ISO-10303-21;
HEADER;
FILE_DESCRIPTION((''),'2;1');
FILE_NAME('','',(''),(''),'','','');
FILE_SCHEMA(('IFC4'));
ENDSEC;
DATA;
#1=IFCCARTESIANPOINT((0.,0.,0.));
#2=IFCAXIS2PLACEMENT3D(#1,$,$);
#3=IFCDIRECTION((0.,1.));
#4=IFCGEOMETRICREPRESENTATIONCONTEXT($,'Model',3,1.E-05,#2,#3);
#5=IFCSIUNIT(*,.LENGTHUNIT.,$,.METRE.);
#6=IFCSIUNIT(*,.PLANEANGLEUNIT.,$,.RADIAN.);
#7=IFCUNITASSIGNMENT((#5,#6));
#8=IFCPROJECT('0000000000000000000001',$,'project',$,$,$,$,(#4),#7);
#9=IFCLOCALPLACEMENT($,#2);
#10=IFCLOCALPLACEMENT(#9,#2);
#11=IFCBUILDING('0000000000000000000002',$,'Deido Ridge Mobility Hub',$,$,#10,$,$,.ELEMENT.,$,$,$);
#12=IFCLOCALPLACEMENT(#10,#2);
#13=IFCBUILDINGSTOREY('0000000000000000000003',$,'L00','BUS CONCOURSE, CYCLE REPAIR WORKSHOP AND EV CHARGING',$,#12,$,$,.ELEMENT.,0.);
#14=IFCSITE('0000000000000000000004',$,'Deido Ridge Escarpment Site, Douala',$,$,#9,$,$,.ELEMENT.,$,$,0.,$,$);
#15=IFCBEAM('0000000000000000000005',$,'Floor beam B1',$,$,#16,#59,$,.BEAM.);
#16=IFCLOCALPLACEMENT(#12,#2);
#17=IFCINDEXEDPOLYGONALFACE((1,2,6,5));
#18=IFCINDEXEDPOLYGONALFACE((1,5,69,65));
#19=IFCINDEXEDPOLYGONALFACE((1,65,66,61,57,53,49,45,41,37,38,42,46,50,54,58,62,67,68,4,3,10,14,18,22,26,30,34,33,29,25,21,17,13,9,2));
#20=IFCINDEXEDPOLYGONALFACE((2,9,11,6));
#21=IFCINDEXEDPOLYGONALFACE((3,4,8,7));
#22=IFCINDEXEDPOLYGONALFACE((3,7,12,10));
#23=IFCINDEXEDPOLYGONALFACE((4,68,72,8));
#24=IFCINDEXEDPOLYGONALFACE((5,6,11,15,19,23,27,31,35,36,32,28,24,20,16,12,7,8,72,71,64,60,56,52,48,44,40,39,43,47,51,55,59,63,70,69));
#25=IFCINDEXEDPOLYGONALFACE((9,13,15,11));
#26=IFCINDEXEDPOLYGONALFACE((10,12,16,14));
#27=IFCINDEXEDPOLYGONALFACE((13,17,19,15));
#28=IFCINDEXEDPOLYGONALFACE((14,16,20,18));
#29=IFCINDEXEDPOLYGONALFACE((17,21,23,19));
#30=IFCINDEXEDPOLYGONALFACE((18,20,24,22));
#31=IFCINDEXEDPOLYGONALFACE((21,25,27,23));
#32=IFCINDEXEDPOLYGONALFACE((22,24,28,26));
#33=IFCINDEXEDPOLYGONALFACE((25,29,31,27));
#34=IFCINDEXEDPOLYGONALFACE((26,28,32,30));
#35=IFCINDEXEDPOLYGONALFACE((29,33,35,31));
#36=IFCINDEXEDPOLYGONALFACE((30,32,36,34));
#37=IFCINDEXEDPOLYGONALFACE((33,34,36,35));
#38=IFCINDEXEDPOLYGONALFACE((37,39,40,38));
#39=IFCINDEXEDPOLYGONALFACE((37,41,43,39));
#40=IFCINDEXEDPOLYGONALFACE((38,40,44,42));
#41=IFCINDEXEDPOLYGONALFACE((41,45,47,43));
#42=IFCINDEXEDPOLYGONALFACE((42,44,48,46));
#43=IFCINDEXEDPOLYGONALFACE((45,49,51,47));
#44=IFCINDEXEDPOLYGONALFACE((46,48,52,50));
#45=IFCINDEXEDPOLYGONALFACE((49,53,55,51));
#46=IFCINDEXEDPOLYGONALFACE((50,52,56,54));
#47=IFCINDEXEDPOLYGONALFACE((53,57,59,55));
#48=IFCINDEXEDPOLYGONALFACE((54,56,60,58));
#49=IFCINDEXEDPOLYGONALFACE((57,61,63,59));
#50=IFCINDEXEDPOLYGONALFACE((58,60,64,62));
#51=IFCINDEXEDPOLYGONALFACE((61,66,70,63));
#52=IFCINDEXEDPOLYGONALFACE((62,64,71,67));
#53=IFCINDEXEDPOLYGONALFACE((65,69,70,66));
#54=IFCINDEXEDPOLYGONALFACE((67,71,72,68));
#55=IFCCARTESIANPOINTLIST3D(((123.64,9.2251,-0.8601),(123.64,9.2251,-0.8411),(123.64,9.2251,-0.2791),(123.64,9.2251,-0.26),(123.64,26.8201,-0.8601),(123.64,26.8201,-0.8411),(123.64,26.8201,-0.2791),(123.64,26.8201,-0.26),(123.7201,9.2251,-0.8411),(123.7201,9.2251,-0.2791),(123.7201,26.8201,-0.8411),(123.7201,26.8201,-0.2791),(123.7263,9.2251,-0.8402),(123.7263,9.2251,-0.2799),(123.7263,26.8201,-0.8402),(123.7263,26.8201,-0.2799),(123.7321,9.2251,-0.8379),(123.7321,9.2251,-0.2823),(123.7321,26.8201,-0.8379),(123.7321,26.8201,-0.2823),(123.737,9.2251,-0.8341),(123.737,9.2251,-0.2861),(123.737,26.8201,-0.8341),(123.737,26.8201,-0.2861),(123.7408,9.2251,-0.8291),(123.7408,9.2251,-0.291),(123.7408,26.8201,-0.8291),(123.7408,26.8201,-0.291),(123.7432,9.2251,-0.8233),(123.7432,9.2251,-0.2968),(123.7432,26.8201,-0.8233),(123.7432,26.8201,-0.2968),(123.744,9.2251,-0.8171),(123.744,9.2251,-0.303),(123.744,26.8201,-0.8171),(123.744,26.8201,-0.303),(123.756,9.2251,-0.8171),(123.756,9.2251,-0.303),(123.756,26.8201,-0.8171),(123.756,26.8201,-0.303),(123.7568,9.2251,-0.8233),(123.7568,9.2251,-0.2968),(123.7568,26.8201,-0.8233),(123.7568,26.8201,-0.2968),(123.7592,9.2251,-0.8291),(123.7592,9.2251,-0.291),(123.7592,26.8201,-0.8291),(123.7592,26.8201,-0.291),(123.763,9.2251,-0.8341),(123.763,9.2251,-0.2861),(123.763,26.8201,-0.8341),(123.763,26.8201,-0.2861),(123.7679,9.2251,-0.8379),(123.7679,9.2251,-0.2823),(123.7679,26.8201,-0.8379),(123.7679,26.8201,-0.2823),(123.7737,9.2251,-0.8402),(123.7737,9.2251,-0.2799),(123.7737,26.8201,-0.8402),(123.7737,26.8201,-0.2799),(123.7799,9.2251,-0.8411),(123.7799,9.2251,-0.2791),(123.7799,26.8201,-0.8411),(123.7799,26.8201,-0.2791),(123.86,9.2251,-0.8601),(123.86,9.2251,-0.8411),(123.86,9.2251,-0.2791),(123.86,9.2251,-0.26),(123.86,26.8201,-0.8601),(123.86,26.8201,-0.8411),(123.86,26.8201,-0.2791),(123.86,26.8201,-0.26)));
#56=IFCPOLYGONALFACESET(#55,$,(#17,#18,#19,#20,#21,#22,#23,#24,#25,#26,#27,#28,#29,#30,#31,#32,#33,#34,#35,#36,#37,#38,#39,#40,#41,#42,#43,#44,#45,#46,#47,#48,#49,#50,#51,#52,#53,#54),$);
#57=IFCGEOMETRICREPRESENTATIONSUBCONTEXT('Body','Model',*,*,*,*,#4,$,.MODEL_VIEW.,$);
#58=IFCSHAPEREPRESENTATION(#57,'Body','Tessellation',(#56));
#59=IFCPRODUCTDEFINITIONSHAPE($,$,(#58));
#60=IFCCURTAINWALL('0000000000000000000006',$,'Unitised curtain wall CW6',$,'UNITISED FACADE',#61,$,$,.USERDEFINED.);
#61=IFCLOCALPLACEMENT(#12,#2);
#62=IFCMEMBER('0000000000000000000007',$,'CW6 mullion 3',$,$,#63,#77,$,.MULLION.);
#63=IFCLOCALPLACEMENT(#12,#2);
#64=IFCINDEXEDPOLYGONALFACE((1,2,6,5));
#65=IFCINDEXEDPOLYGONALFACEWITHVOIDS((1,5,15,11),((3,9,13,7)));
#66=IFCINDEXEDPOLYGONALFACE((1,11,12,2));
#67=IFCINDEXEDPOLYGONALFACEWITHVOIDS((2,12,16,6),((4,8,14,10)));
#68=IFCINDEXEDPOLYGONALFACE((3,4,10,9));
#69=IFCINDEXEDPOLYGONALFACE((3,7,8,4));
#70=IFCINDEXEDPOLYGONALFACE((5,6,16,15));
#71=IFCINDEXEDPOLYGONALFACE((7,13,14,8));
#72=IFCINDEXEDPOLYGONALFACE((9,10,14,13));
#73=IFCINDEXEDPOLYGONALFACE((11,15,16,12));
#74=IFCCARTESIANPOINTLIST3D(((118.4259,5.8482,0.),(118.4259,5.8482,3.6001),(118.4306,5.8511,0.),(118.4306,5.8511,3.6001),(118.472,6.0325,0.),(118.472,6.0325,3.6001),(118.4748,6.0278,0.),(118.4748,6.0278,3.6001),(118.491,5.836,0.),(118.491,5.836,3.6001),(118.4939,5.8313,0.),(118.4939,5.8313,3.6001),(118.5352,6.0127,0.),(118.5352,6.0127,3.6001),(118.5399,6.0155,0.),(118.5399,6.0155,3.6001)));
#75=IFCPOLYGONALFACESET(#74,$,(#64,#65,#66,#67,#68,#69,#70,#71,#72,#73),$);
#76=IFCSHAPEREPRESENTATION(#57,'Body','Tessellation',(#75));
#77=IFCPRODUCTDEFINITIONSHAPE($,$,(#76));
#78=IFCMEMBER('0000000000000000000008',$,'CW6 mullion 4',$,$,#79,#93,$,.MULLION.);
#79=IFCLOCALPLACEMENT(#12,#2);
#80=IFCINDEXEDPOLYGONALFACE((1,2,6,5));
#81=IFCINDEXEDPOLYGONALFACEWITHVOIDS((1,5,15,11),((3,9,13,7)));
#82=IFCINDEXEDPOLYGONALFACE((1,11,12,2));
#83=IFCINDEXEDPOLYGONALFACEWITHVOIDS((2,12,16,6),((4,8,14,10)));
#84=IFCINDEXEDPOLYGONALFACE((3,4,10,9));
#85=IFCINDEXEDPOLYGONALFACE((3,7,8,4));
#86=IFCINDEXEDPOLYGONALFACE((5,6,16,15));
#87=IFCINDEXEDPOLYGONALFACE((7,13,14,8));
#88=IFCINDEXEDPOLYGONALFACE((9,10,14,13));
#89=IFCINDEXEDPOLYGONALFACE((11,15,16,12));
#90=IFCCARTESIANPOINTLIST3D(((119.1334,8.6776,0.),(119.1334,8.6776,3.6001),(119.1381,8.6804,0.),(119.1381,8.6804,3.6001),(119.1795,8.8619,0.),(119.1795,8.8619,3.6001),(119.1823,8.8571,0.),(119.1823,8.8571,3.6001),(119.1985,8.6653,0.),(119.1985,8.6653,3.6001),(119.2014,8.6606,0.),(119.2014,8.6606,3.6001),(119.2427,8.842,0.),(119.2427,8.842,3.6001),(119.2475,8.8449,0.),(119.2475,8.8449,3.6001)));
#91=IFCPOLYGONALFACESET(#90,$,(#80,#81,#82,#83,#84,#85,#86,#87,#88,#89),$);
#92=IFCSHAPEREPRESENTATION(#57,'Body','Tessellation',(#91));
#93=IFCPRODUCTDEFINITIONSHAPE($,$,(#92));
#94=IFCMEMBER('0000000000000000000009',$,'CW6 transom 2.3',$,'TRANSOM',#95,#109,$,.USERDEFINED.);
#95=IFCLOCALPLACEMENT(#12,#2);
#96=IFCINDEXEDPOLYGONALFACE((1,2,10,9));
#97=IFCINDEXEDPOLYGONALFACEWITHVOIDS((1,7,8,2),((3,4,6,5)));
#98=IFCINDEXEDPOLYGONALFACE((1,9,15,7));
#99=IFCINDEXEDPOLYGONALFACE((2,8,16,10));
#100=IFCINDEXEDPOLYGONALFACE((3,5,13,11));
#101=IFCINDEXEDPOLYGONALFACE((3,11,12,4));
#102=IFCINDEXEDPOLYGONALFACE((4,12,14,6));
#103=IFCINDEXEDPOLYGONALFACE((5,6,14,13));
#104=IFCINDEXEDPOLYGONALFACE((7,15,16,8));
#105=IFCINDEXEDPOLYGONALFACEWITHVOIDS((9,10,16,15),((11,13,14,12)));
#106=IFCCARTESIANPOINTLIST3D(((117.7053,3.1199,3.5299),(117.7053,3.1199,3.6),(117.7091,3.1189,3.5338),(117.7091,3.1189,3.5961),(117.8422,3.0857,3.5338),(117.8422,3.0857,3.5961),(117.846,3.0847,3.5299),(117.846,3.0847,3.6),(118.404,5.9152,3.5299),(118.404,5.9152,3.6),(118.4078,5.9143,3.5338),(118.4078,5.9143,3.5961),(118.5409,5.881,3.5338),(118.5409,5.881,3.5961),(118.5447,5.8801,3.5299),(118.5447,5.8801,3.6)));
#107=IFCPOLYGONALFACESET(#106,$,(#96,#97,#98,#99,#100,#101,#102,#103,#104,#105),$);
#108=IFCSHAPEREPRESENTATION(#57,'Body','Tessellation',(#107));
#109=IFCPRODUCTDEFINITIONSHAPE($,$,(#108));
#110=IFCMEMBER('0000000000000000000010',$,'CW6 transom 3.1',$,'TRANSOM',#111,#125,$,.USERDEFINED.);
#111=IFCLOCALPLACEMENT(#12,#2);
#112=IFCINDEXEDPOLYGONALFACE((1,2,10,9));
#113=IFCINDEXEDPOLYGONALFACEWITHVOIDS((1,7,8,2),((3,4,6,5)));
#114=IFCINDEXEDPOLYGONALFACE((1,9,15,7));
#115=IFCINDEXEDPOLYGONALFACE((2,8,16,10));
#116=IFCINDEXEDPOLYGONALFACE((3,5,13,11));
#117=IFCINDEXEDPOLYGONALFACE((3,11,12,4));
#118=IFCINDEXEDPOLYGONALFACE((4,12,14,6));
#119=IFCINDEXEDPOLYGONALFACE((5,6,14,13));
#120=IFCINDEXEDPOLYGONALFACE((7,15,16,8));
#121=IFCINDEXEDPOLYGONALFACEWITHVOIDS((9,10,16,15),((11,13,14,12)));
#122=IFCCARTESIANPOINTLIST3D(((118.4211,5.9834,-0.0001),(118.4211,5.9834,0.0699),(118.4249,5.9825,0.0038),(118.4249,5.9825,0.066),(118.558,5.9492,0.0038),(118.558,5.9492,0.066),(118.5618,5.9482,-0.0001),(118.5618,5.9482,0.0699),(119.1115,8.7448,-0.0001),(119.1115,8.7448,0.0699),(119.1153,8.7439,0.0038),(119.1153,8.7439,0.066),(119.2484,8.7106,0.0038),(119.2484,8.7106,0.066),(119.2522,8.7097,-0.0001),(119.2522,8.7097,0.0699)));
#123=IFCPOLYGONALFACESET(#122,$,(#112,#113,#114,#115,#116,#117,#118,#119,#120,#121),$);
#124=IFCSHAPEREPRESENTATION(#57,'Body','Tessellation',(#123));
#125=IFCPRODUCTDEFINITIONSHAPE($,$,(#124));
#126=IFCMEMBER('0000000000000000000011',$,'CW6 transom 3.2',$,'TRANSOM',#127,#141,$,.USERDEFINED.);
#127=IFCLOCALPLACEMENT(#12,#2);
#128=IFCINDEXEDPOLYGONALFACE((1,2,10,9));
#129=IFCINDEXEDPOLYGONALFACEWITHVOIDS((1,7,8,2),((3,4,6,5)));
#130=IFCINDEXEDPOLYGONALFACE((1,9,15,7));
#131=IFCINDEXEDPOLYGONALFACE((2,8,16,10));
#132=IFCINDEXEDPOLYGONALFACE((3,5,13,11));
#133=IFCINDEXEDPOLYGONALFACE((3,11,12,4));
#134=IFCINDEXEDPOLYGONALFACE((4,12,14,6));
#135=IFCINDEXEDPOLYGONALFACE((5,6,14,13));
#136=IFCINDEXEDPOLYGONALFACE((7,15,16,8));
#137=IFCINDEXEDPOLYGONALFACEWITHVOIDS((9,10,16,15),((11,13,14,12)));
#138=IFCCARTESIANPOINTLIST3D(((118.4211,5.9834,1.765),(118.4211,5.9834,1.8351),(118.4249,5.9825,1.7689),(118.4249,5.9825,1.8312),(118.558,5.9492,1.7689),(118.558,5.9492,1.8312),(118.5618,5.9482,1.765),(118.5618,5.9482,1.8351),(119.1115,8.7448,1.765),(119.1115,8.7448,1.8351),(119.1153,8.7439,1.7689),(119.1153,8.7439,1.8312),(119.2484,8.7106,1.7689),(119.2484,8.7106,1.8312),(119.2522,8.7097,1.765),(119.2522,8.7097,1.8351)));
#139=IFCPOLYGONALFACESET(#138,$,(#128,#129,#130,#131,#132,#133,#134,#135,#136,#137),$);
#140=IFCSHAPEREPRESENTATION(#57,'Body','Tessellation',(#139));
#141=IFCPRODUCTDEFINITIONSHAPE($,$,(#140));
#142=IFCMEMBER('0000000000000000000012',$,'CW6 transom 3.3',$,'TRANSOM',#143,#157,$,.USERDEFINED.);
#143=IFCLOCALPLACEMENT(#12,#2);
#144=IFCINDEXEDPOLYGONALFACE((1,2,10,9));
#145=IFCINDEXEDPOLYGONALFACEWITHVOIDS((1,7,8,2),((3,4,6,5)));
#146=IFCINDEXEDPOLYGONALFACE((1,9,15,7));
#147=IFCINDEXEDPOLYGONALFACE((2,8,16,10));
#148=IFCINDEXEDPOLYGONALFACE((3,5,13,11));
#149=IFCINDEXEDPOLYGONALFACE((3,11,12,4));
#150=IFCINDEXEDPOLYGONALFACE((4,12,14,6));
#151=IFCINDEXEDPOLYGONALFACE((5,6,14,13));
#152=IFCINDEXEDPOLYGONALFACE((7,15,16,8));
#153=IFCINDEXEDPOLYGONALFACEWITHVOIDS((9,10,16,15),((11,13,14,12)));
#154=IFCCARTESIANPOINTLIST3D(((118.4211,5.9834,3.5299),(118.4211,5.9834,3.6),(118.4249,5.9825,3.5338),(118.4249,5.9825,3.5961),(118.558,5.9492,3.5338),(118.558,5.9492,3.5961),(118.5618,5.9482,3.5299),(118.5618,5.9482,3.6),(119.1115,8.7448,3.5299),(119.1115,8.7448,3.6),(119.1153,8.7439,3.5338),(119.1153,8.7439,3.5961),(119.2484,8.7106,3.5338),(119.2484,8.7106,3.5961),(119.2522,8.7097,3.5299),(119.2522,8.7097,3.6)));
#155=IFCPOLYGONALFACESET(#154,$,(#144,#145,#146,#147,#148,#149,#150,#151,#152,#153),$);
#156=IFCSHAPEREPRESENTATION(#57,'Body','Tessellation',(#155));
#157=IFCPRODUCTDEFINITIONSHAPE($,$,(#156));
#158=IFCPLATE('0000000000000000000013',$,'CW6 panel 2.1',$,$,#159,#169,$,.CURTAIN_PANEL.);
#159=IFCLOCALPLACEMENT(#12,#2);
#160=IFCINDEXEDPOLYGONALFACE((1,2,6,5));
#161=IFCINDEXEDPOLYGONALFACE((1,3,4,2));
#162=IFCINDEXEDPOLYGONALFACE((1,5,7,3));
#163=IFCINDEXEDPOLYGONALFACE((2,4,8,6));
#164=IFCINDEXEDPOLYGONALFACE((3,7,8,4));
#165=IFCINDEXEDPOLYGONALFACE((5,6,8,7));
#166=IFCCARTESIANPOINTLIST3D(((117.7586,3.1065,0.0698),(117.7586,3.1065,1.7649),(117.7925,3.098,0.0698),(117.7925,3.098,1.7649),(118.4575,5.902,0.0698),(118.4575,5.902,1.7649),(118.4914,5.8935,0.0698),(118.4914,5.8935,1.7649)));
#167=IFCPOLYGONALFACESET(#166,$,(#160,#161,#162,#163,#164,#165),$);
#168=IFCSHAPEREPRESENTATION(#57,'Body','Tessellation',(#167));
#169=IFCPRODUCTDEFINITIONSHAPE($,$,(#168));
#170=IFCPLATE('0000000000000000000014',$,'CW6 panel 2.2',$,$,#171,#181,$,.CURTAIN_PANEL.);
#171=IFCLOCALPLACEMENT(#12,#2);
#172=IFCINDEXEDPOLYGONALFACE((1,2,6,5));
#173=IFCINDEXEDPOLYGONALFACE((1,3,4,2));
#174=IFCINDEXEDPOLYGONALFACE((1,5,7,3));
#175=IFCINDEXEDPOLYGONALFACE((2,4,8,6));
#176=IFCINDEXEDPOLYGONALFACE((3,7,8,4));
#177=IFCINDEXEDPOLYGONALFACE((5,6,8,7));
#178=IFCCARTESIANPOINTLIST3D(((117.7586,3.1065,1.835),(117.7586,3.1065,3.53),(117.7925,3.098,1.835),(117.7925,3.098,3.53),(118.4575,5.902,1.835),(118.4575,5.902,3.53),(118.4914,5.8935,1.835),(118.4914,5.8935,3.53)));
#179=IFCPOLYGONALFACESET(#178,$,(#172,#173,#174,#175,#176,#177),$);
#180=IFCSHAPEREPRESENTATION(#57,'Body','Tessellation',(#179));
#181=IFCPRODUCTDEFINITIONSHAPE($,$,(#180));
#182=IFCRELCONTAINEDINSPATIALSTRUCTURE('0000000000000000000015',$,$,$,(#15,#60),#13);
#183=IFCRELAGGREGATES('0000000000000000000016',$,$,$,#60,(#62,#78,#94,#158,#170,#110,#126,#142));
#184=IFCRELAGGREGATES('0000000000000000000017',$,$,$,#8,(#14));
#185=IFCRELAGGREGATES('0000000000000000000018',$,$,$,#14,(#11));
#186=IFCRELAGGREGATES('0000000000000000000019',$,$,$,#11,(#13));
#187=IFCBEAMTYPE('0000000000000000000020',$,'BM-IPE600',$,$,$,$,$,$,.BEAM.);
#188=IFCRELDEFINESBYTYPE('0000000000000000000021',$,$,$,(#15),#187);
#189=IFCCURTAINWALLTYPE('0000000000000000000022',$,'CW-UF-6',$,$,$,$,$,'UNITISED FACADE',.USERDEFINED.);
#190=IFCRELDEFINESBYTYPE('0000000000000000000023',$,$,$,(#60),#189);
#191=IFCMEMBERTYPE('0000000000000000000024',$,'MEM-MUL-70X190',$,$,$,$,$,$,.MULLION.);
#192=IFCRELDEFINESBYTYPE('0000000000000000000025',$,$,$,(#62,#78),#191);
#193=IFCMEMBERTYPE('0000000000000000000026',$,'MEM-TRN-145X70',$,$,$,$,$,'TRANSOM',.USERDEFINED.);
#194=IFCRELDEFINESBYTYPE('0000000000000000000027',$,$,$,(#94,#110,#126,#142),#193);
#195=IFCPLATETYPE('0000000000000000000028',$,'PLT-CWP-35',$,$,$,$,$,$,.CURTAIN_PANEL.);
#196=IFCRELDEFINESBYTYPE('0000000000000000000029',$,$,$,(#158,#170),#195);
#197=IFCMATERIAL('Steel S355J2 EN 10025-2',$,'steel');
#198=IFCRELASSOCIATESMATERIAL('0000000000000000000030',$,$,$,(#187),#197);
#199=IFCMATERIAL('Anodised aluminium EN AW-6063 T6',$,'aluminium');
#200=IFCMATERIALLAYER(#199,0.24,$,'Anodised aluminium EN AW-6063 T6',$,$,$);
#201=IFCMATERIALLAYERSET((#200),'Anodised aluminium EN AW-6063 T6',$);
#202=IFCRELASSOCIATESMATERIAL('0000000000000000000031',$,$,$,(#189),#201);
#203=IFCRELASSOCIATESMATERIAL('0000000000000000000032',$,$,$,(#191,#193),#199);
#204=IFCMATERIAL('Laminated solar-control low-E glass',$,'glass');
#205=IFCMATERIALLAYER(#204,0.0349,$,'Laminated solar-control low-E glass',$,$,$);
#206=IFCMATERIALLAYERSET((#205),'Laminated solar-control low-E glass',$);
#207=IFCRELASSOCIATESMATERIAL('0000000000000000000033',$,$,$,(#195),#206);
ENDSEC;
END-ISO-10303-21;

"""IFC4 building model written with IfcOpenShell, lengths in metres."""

from ifc_helpers import new_model, si_unit, direction, frame, origin, origin_2d, place, context, subcontext, project, spatial, rectangle, hollow_rectangle, i_section, extrude, material, layer, layer_set, material_profile, profile_set, type_object, element, aggregate, save


model = new_model("IFC4")

# Units and contexts
model_context = context("Model", 3, precision=1e-05, world=origin(), true_north=direction((0.0, 1.0)))
body_context = subcontext(model_context, "Body", "Model", "MODEL_VIEW")
ifc_project = project(units=[si_unit("LENGTHUNIT", "METRE"), si_unit("PLANEANGLEUNIT", "RADIAN")], contexts=[model_context])

# Site, building, storey
site_placement = place(None, origin())
site = spatial("IfcSite", under=ifc_project, at=site_placement, Name="Deido Ridge Escarpment Site, Douala", CompositionType="ELEMENT", RefElevation=0.0)
building_placement = place(site_placement, origin())
building = spatial("IfcBuilding", under=site, at=building_placement, Name="Deido Ridge Mobility Hub", CompositionType="ELEMENT")
storey_placement = place(building_placement, origin())
storey = spatial("IfcBuildingStorey", under=building, at=storey_placement, Name="L00", Description="BUS CONCOURSE, CYCLE REPAIR WORKSHOP AND EV CHARGING", CompositionType="ELEMENT", Elevation=0.0)

# Shared definitions
ifc_material_1 = material(Name="Steel S355J2 EN 10025-2", Category="steel")

# Beam
ifc_material_profile_1 = material_profile(ifc_material_1, i_section(OverallWidth=0.22, OverallDepth=0.6001, WebThickness=0.012, FlangeThickness=0.019, FilletRadius=0.0239, at=origin_2d()), Name="IPE 600")
ifc_profile_set_1 = profile_set([ifc_material_profile_1], Name="Steel S355J2 EN 10025-2")
beam_type_1 = type_object("IfcBeamType", Name="BM-IPE600", PredefinedType="BEAM", material=ifc_profile_set_1)
beam_1_placement = place(storey_placement, frame((123.75, 9.2251, -0.5601), z_axis=(0.0, 1.0, 0.0), x_axis=(-1.0, 0.0, 0.0)))
element("IfcBeam", 1, at=beam_1_placement, inside=storey, type_object=beam_type_1, Name="Floor beam B1", PredefinedType="BEAM", context=body_context, shape_type="SweptSolid", body=[
    extrude(i_section(OverallWidth=0.22, OverallDepth=0.6001, WebThickness=0.012, FlangeThickness=0.019, FilletRadius=0.0239, at=origin_2d()), origin(), (0.0, 0.0, 1.0), 17.595),
])

# Curtain wall, members, plates
ifc_material_2 = material(Name="Anodised aluminium EN AW-6063 T6", Category="aluminium")
ifc_layer_1 = layer(ifc_material_2, 0.24, Name="Anodised aluminium EN AW-6063 T6")
ifc_layer_set_1 = layer_set([ifc_layer_1], Name="Anodised aluminium EN AW-6063 T6")
curtain_wall_type = type_object("IfcCurtainWallType", Name="CW-UF-6", ElementType="UNITISED FACADE", PredefinedType="USERDEFINED", material=ifc_layer_set_1)
curtain_wall_placement = place(storey_placement, origin())
curtain_wall = element("IfcCurtainWall", 2, at=curtain_wall_placement, inside=storey, type_object=curtain_wall_type, Name="Unitised curtain wall CW6", ObjectType="UNITISED FACADE", PredefinedType="USERDEFINED")
ifc_material_profile_2 = material_profile(ifc_material_2, hollow_rectangle(XDim=0.0701, YDim=0.1899, WallThickness=0.0039, at=origin_2d()), Name="RHS 70x190x4")
ifc_profile_set_2 = profile_set([ifc_material_profile_2], Name="Anodised aluminium EN AW-6063 T6")
member_type_1 = type_object("IfcMemberType", Name="MEM-MUL-70X190", PredefinedType="MULLION", material=ifc_profile_set_2)
member_1_placement = place(storey_placement, frame((118.4829, 5.9319, 0.0), z_axis=(0.0, 0.0, 1.0), x_axis=(-0.970144, 0.24253, 0.0)))
member_1 = element("IfcMember", 3, at=member_1_placement, type_object=member_type_1, Name="CW6 mullion 3", PredefinedType="MULLION", context=body_context, shape_type="SweptSolid", body=[
    extrude(hollow_rectangle(XDim=0.0701, YDim=0.1899, WallThickness=0.0039, at=origin_2d()), origin(), (0.0, 0.0, 1.0), 3.6001),
])
member_2_placement = place(storey_placement, frame((119.1904, 8.7612, 0.0), z_axis=(0.0, 0.0, 1.0), x_axis=(-0.970144, 0.24253, 0.0)))
member_2 = element("IfcMember", 4, at=member_2_placement, type_object=member_type_1, Name="CW6 mullion 4", PredefinedType="MULLION", context=body_context, shape_type="SweptSolid", body=[
    extrude(hollow_rectangle(XDim=0.0701, YDim=0.1899, WallThickness=0.0039, at=origin_2d()), origin(), (0.0, 0.0, 1.0), 3.6001),
])
ifc_material_profile_3 = material_profile(ifc_material_2, hollow_rectangle(XDim=0.145, YDim=0.0701, WallThickness=0.0039, at=origin_2d()), Name="RHS 145x70x4")
ifc_profile_set_3 = profile_set([ifc_material_profile_3], Name="Anodised aluminium EN AW-6063 T6")
member_type_2 = type_object("IfcMemberType", Name="MEM-TRN-145X70", ElementType="TRANSOM", PredefinedType="USERDEFINED", material=ifc_profile_set_3)
member_3_placement = place(storey_placement, frame((117.7756, 3.1023, 3.5649), z_axis=(0.242496, 0.970152, 0.0), x_axis=(-0.970152, 0.242496, 0.0)))
member_3 = element("IfcMember", 5, at=member_3_placement, type_object=member_type_2, Name="CW6 transom 2.3", ObjectType="TRANSOM", PredefinedType="USERDEFINED", context=body_context, shape_type="SweptSolid", body=[
    extrude(hollow_rectangle(XDim=0.145, YDim=0.0701, WallThickness=0.0039, at=origin_2d()), origin(), (0.0, 0.0, 1.0), 2.8813),
])
member_4_placement = place(storey_placement, frame((118.4915, 5.9658, 0.0349), z_axis=(0.242556, 0.970137, 0.0), x_axis=(-0.970137, 0.242556, 0.0)))
member_4 = element("IfcMember", 6, at=member_4_placement, type_object=member_type_2, Name="CW6 transom 3.1", ObjectType="TRANSOM", PredefinedType="USERDEFINED", context=body_context, shape_type="SweptSolid", body=[
    extrude(hollow_rectangle(XDim=0.145, YDim=0.0701, WallThickness=0.0039, at=origin_2d()), origin(), (0.0, 0.0, 1.0), 2.8464),
])
member_5_placement = place(storey_placement, frame((118.4915, 5.9658, 1.8), z_axis=(0.242556, 0.970137, 0.0), x_axis=(-0.970137, 0.242556, 0.0)))
member_5 = element("IfcMember", 7, at=member_5_placement, type_object=member_type_2, Name="CW6 transom 3.2", ObjectType="TRANSOM", PredefinedType="USERDEFINED", context=body_context, shape_type="SweptSolid", body=[
    extrude(hollow_rectangle(XDim=0.145, YDim=0.0701, WallThickness=0.0039, at=origin_2d()), origin(), (0.0, 0.0, 1.0), 2.8464),
])
member_6_placement = place(storey_placement, frame((118.4915, 5.9658, 3.5649), z_axis=(0.242556, 0.970137, 0.0), x_axis=(-0.970137, 0.242556, 0.0)))
member_6 = element("IfcMember", 8, at=member_6_placement, type_object=member_type_2, Name="CW6 transom 3.3", ObjectType="TRANSOM", PredefinedType="USERDEFINED", context=body_context, shape_type="SweptSolid", body=[
    extrude(hollow_rectangle(XDim=0.145, YDim=0.0701, WallThickness=0.0039, at=origin_2d()), origin(), (0.0, 0.0, 1.0), 2.8464),
])
ifc_material_3 = material(Name="Laminated solar-control low-E glass", Category="glass")
ifc_layer_2 = layer(ifc_material_3, 0.0349, Name="Laminated solar-control low-E glass")
ifc_layer_set_2 = layer_set([ifc_layer_2], Name="Laminated solar-control low-E glass")
plate_type = type_object("IfcPlateType", Name="PLT-CWP-35", PredefinedType="CURTAIN_PANEL", material=ifc_layer_set_2)
plate_1_placement = place(storey_placement, frame((118.125, 4.5, 0.0698), z_axis=(0.0, 0.0, 1.0), x_axis=(0.24253, 0.970144, 0.0)))
plate_1 = element("IfcPlate", 9, at=plate_1_placement, type_object=plate_type, Name="CW6 panel 2.1", PredefinedType="CURTAIN_PANEL", context=body_context, shape_type="SweptSolid", body=[
    extrude(rectangle(XDim=2.8816, YDim=0.0349, at=origin_2d()), origin(), (0.0, 0.0, 1.0), 1.6951),
])
plate_2_placement = place(storey_placement, frame((118.125, 4.5, 1.835), z_axis=(0.0, 0.0, 1.0), x_axis=(0.24253, 0.970144, 0.0)))
plate_2 = element("IfcPlate", 10, at=plate_2_placement, type_object=plate_type, Name="CW6 panel 2.2", PredefinedType="CURTAIN_PANEL", context=body_context, shape_type="SweptSolid", body=[
    extrude(rectangle(XDim=2.8816, YDim=0.0349, at=origin_2d()), origin(), (0.0, 0.0, 1.0), 1.6951),
])
aggregate(curtain_wall, [member_1, member_2, member_3, plate_1, plate_2, member_4, member_5, member_6])

save(model, "model.ifc")
